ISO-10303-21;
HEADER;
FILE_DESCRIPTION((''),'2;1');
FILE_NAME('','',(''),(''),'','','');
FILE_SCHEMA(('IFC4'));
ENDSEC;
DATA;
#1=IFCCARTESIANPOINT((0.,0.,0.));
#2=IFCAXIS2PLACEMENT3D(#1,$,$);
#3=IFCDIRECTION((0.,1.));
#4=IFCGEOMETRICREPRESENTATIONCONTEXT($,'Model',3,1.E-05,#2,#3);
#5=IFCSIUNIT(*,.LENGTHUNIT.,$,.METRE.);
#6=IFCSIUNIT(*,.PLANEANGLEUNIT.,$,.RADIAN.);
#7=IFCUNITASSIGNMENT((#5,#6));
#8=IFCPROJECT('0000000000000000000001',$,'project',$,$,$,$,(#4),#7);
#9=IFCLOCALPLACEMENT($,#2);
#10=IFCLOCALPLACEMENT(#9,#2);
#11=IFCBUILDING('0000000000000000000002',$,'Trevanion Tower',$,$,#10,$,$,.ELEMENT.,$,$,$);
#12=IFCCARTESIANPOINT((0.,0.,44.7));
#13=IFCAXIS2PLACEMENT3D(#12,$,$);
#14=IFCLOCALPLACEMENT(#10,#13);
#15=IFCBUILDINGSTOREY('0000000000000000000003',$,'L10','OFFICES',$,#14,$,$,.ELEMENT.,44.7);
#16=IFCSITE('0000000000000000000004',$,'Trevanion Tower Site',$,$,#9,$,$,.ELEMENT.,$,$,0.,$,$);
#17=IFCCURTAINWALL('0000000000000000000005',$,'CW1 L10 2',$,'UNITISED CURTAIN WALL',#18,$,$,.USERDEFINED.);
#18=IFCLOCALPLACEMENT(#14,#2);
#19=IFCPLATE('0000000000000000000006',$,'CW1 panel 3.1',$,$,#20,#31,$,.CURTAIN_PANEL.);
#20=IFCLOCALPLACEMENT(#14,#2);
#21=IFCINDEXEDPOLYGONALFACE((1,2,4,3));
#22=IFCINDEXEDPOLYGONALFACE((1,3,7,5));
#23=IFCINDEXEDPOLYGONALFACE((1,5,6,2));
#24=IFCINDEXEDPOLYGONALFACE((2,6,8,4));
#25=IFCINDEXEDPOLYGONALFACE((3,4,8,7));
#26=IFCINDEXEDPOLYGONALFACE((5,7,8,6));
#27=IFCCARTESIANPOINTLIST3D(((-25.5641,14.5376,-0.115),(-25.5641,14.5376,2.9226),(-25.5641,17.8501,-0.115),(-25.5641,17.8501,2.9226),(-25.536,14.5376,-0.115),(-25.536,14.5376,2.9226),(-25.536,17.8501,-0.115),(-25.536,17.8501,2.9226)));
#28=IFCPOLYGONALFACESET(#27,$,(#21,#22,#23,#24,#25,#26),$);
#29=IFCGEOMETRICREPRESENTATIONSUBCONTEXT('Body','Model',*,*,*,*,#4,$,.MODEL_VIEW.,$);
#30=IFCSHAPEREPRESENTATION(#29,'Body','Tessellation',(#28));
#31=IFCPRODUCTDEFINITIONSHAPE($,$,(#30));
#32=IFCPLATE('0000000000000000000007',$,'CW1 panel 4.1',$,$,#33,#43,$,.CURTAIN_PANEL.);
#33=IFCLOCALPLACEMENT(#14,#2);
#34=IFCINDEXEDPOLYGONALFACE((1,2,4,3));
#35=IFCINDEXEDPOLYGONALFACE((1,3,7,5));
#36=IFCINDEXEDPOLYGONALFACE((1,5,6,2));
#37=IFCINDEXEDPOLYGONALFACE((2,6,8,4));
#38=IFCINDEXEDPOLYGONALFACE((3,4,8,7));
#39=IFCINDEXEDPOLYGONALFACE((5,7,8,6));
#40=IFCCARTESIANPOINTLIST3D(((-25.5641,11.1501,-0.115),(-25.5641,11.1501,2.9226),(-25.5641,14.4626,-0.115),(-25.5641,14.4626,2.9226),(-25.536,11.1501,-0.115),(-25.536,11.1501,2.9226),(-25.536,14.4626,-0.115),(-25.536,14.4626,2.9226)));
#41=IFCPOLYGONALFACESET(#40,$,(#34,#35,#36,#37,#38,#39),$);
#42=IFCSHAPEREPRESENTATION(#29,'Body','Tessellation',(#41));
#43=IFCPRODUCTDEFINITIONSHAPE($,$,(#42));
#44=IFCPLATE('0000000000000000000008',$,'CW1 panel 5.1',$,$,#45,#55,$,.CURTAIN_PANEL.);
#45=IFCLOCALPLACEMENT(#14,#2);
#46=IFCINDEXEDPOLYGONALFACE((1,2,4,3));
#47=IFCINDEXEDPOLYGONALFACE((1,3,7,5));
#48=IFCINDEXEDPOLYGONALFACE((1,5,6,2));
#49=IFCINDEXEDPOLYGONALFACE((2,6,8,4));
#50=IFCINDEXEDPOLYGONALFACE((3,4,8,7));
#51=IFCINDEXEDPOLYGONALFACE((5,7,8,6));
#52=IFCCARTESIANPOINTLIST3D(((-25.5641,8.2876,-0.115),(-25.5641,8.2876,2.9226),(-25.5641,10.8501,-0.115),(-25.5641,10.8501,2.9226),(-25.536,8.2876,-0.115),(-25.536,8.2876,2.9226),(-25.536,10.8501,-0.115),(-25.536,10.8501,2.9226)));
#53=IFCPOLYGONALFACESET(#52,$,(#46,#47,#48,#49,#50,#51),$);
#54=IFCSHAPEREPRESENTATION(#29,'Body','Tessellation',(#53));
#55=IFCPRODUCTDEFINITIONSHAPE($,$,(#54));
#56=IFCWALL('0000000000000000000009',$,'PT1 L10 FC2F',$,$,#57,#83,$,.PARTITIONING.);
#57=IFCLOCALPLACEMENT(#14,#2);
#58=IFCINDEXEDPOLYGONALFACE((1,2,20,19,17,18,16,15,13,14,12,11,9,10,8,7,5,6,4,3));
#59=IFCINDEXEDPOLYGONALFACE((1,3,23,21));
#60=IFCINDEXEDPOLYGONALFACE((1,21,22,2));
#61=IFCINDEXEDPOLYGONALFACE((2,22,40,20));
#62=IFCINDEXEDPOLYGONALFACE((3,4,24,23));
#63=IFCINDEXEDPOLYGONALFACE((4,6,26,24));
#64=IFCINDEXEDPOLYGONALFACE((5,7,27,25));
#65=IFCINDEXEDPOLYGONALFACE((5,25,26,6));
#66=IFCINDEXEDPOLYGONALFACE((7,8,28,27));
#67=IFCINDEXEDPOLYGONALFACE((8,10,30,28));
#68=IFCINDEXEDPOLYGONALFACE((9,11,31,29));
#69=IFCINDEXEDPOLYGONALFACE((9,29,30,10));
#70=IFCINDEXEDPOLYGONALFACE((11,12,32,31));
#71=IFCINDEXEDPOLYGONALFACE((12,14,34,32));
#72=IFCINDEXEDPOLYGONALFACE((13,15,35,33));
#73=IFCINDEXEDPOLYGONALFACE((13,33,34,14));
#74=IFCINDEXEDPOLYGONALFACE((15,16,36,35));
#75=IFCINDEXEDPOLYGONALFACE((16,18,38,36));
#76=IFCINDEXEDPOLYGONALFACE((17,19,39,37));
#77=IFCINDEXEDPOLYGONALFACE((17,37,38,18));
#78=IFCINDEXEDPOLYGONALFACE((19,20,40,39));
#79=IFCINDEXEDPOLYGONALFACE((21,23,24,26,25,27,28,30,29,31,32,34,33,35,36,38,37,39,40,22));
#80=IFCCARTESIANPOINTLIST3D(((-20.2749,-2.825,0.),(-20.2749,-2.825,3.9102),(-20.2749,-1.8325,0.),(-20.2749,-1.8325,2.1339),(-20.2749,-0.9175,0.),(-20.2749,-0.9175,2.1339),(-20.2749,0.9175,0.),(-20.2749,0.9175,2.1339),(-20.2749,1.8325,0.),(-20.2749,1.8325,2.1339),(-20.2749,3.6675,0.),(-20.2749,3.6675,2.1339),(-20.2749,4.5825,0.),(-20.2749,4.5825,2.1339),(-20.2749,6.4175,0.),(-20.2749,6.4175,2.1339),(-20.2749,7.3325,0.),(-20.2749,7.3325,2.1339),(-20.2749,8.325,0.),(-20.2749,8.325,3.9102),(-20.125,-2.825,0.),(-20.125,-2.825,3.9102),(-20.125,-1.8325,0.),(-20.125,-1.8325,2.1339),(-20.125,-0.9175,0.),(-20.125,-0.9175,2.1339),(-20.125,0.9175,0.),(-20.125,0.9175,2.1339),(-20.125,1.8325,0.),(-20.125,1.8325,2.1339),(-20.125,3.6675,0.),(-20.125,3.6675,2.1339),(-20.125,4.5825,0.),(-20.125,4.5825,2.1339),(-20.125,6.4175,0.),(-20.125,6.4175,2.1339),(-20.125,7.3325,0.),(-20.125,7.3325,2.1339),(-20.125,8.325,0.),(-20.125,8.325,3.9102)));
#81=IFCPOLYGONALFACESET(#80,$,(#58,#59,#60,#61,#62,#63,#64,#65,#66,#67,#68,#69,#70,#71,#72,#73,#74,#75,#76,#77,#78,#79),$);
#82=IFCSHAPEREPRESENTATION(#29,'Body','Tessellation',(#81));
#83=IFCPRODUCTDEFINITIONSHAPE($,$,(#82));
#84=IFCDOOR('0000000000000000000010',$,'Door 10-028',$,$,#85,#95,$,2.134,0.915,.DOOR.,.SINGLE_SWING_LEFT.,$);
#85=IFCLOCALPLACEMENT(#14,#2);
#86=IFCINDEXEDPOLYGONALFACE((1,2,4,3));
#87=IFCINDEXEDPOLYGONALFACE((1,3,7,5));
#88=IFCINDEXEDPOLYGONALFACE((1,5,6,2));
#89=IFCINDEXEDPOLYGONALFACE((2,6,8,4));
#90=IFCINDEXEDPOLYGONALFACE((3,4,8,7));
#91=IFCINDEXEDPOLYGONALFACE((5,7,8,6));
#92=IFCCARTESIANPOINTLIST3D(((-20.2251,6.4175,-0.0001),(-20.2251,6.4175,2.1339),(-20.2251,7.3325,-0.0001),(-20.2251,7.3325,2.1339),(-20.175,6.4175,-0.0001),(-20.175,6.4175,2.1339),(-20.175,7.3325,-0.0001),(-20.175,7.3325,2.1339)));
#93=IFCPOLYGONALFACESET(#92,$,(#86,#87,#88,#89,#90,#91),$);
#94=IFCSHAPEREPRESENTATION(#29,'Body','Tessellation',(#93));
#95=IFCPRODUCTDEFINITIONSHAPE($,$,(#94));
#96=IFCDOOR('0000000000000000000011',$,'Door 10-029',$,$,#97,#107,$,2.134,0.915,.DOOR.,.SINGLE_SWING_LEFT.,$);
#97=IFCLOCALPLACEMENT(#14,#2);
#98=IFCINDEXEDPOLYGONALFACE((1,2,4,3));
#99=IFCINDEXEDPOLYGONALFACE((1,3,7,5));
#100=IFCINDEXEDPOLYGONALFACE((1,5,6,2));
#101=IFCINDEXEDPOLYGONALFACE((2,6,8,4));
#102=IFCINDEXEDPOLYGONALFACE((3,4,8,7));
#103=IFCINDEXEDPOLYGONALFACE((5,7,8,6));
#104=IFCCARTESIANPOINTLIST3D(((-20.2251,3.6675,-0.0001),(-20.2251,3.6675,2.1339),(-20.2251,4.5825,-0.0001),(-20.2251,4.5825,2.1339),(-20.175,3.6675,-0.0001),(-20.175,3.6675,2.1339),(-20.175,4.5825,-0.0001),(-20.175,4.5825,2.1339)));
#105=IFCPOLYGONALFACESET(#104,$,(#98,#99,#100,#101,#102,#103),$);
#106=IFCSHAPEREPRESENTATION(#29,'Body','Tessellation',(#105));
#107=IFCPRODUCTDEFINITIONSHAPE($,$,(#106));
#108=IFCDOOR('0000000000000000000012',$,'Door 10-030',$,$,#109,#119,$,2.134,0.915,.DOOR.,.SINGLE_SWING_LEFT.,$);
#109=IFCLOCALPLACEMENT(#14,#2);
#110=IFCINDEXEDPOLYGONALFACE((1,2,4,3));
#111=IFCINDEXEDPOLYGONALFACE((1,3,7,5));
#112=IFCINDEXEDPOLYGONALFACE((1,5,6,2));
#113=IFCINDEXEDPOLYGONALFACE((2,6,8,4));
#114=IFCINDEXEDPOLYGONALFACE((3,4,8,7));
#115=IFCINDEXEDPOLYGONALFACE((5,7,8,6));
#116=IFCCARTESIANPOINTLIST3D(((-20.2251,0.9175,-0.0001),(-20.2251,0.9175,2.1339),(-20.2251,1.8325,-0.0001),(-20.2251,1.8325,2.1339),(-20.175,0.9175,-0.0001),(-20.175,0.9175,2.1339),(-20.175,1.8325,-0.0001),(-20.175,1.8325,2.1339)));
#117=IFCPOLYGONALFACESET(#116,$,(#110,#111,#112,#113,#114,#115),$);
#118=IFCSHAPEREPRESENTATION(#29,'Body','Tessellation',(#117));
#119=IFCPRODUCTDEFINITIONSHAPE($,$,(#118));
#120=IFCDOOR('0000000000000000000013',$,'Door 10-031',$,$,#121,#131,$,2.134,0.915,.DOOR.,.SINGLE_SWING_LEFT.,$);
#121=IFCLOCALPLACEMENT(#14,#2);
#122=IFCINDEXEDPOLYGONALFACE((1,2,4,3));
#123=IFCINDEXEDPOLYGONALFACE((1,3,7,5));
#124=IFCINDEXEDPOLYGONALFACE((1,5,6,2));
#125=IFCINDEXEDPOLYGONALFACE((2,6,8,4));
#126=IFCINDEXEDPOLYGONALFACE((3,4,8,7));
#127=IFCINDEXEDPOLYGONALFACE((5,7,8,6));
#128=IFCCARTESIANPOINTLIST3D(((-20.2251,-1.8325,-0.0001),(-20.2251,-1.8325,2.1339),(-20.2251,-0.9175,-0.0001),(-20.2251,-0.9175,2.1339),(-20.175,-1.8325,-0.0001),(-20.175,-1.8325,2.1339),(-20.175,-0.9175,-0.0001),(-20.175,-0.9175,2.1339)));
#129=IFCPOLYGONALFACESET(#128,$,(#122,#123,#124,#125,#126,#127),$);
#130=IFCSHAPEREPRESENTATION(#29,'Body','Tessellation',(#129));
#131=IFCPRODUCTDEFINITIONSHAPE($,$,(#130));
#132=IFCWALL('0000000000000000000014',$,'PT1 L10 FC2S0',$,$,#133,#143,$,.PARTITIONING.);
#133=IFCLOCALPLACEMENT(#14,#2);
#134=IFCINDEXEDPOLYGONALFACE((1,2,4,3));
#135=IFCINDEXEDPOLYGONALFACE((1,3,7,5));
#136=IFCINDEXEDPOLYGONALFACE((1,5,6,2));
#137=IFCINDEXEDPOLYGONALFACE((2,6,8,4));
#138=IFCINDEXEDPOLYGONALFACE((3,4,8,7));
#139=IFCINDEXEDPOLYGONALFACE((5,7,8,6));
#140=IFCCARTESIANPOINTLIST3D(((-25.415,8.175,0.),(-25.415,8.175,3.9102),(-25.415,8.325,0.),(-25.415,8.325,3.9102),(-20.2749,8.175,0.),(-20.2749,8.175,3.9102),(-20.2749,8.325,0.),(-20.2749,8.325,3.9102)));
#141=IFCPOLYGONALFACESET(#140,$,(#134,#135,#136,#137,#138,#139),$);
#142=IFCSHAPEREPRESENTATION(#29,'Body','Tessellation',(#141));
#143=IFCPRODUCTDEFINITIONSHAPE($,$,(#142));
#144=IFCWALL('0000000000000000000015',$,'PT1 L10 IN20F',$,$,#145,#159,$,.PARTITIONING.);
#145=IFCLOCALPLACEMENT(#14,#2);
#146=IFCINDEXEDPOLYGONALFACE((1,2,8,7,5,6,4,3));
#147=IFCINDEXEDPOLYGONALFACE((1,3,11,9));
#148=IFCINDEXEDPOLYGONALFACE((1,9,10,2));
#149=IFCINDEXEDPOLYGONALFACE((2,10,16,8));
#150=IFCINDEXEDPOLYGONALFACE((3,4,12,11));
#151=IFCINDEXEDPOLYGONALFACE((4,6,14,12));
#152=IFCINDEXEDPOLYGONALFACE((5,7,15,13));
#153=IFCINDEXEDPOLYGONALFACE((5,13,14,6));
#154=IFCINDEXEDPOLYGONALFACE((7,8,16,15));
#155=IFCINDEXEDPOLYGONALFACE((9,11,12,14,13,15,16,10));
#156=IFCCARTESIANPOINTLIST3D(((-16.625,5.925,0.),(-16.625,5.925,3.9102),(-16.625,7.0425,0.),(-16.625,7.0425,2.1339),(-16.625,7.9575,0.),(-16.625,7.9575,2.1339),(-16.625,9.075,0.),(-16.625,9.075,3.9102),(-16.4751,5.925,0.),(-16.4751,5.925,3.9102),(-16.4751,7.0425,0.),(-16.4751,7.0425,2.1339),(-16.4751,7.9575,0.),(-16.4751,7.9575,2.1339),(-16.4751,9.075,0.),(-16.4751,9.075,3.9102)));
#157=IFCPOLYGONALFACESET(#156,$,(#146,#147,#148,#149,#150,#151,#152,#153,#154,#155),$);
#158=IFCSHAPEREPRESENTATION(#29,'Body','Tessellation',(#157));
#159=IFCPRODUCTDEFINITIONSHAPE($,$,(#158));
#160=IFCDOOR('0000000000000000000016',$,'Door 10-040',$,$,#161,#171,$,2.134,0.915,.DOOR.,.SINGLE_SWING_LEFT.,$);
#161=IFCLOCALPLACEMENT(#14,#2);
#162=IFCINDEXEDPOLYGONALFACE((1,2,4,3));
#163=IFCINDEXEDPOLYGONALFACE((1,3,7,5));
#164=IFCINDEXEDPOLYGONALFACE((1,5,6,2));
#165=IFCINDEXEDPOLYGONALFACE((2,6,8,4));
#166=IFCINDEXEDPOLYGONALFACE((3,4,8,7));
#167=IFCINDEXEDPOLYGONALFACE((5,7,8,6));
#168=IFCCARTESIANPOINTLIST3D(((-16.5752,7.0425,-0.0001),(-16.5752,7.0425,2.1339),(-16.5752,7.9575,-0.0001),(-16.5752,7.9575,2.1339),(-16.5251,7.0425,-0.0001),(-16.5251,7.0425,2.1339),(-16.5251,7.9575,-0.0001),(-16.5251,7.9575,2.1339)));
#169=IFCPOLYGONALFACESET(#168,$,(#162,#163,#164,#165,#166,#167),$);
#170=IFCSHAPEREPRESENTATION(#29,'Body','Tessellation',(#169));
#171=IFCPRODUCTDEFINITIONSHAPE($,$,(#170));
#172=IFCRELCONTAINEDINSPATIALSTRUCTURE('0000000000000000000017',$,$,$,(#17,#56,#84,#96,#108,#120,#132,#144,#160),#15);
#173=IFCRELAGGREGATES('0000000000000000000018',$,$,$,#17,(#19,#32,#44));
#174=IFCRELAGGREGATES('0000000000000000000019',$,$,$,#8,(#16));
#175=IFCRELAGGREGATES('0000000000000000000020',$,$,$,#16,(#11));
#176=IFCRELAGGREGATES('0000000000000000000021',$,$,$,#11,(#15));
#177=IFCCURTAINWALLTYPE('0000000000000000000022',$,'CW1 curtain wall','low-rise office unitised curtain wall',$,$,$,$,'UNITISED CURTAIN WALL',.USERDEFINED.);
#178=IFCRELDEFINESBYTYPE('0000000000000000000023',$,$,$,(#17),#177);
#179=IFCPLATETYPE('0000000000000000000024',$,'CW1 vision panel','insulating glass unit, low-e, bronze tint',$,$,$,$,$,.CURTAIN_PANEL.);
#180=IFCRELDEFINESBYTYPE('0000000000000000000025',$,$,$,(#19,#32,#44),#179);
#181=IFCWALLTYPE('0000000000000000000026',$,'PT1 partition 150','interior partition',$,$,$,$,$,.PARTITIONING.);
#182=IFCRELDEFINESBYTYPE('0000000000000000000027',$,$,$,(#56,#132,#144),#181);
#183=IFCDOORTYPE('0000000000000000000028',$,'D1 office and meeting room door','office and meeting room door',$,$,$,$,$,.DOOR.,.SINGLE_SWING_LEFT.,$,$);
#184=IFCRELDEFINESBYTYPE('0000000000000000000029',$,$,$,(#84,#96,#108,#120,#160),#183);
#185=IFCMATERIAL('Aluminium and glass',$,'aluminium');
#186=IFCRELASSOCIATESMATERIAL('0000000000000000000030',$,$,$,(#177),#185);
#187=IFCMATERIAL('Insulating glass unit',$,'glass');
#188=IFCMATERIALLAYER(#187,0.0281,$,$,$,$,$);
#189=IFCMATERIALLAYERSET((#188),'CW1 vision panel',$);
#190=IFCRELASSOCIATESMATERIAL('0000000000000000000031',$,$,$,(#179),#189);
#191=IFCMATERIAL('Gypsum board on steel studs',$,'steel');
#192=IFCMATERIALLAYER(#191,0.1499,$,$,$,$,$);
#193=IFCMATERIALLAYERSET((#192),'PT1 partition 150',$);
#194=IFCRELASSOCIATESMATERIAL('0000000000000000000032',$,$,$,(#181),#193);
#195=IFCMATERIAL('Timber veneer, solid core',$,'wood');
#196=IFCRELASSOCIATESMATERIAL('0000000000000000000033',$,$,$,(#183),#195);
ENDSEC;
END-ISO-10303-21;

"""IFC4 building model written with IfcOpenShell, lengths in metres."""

from ifc_helpers import new_model, si_unit, direction, frame, frame_2d, origin, origin_2d, place, context, subcontext, project, spatial, rectangle, extrude, material, layer, layer_set, type_object, element, fill, aggregate, save


model = new_model("IFC4")

# Units and contexts
model_context = context("Model", 3, precision=1e-05, world=origin(), true_north=direction((0.0, 1.0)))
body_context = subcontext(model_context, "Body", "Model", "MODEL_VIEW")
ifc_project = project(units=[si_unit("LENGTHUNIT", "METRE"), si_unit("PLANEANGLEUNIT", "RADIAN")], contexts=[model_context])

# Site, building, storey
site_placement = place(None, origin())
site = spatial("IfcSite", under=ifc_project, at=site_placement, Name="Trevanion Tower Site", CompositionType="ELEMENT", RefElevation=0.0)
building_placement = place(site_placement, origin())
building = spatial("IfcBuilding", under=site, at=building_placement, Name="Trevanion Tower", CompositionType="ELEMENT")
storey_placement = place(building_placement, frame((0.0, 0.0, 44.7)))
storey = spatial("IfcBuildingStorey", under=building, at=storey_placement, Name="L10", Description="OFFICES", CompositionType="ELEMENT", Elevation=44.7)

# Curtain wall
ifc_material_1 = material(Name="Aluminium and glass", Category="aluminium")
curtain_wall_type = type_object("IfcCurtainWallType", Name="CW1 curtain wall", Description="low-rise office unitised curtain wall", ElementType="UNITISED CURTAIN WALL", PredefinedType="USERDEFINED", material=ifc_material_1)
curtain_wall_placement = place(storey_placement, origin())
curtain_wall = element("IfcCurtainWall", 1, at=curtain_wall_placement, inside=storey, type_object=curtain_wall_type, Name="CW1 L10 2", ObjectType="UNITISED CURTAIN WALL", PredefinedType="USERDEFINED")

# Plates
ifc_material_2 = material(Name="Insulating glass unit", Category="glass")
ifc_layer_1 = layer(ifc_material_2, 0.0281)
ifc_layer_set_1 = layer_set([ifc_layer_1], Name="CW1 vision panel")
plate_type_1 = type_object("IfcPlateType", Name="CW1 vision panel", Description="insulating glass unit, low-e, bronze tint", PredefinedType="CURTAIN_PANEL", material=ifc_layer_set_1)
plate_1_placement = place(storey_placement, frame((-25.55, 16.1938, -0.115), z_axis=(0.0, 0.0, 1.0), x_axis=(0.0, -1.0, 0.0)))
plate_1 = element("IfcPlate", 2, at=plate_1_placement, type_object=plate_type_1, Name="CW1 panel 3.1", PredefinedType="CURTAIN_PANEL", context=body_context, shape_type="SweptSolid", body=[
    extrude(rectangle(XDim=3.3125, YDim=0.0281, at=origin_2d()), origin(), (0.0, 0.0, 1.0), 3.0376),
])
plate_2_placement = place(storey_placement, frame((-25.55, 12.8064, -0.115), z_axis=(0.0, 0.0, 1.0), x_axis=(0.0, -1.0, 0.0)))
plate_2 = element("IfcPlate", 3, at=plate_2_placement, type_object=plate_type_1, Name="CW1 panel 4.1", PredefinedType="CURTAIN_PANEL", context=body_context, shape_type="SweptSolid", body=[
    extrude(rectangle(XDim=3.3125, YDim=0.0281, at=origin_2d()), origin(), (0.0, 0.0, 1.0), 3.0376),
])
plate_3_placement = place(storey_placement, frame((-25.55, 9.5688, -0.115), z_axis=(0.0, 0.0, 1.0), x_axis=(0.0, -1.0, 0.0)))
plate_3 = element("IfcPlate", 4, at=plate_3_placement, type_object=plate_type_1, Name="CW1 panel 5.1", PredefinedType="CURTAIN_PANEL", context=body_context, shape_type="SweptSolid", body=[
    extrude(rectangle(XDim=2.5625, YDim=0.0281, at=origin_2d()), origin(), (0.0, 0.0, 1.0), 3.0376),
])
aggregate(curtain_wall, [plate_1, plate_2, plate_3])

# Wall, openings, doors
ifc_material_3 = material(Name="Gypsum board on steel studs", Category="steel")
ifc_layer_2 = layer(ifc_material_3, 0.1499)
ifc_layer_set_2 = layer_set([ifc_layer_2], Name="PT1 partition 150")
wall_type = type_object("IfcWallType", Name="PT1 partition 150", Description="interior partition", PredefinedType="PARTITIONING", material=ifc_layer_set_2)
wall_1_placement = place(storey_placement, frame((-20.2, 8.325, 0.0), z_axis=(0.0, 0.0, 1.0), x_axis=(0.0, -1.0, 0.0)))
wall_1 = element("IfcWall", 5, at=wall_1_placement, inside=storey, type_object=wall_type, Name="PT1 L10 FC2F", PredefinedType="PARTITIONING", context=body_context, shape_type="SweptSolid", body=[
    extrude(rectangle(XDim=11.1499, YDim=0.1499, at=frame_2d((5.575, 0.0))), origin(), (0.0, 0.0, 1.0), 3.9102),
])
opening_1_placement = place(wall_1_placement, frame((0.9924, 0.0, 0.0)))
opening_1 = element("IfcOpeningElement", 6, at=opening_1_placement, cuts=wall_1, PredefinedType="OPENING", context=body_context, shape_type="SweptSolid", body=[
    extrude(rectangle(XDim=0.915, YDim=2.134, at=frame_2d((0.4575, 1.0669))), frame((0.0, 0.085, 0.0), z_axis=(0.0, -1.0, 0.0), x_axis=(1.0, 0.0, 0.0)), (0.0, 0.0, 1.0), 0.1699),
])
opening_2_placement = place(wall_1_placement, frame((3.7424, 0.0, 0.0)))
opening_2 = element("IfcOpeningElement", 7, at=opening_2_placement, cuts=wall_1, PredefinedType="OPENING", context=body_context, shape_type="SweptSolid", body=[
    extrude(rectangle(XDim=0.915, YDim=2.134, at=frame_2d((0.4575, 1.0669))), frame((0.0, 0.085, 0.0), z_axis=(0.0, -1.0, 0.0), x_axis=(1.0, 0.0, 0.0)), (0.0, 0.0, 1.0), 0.1699),
])
opening_3_placement = place(wall_1_placement, frame((6.4924, 0.0, 0.0)))
opening_3 = element("IfcOpeningElement", 8, at=opening_3_placement, cuts=wall_1, PredefinedType="OPENING", context=body_context, shape_type="SweptSolid", body=[
    extrude(rectangle(XDim=0.915, YDim=2.134, at=frame_2d((0.4575, 1.0669))), frame((0.0, 0.085, 0.0), z_axis=(0.0, -1.0, 0.0), x_axis=(1.0, 0.0, 0.0)), (0.0, 0.0, 1.0), 0.1699),
])
opening_4_placement = place(wall_1_placement, frame((9.2424, 0.0, 0.0)))
opening_4 = element("IfcOpeningElement", 9, at=opening_4_placement, cuts=wall_1, PredefinedType="OPENING", context=body_context, shape_type="SweptSolid", body=[
    extrude(rectangle(XDim=0.915, YDim=2.134, at=frame_2d((0.4575, 1.0669))), frame((0.0, 0.085, 0.0), z_axis=(0.0, -1.0, 0.0), x_axis=(1.0, 0.0, 0.0)), (0.0, 0.0, 1.0), 0.1699),
])
ifc_material_4 = material(Name="Timber veneer, solid core", Category="wood")
door_type = type_object("IfcDoorType", Name="D1 office and meeting room door", Description="office and meeting room door", OperationType="SINGLE_SWING_LEFT", PredefinedType="DOOR", material=ifc_material_4)
door_1_placement = place(opening_1_placement, origin())
door_1 = element("IfcDoor", 10, at=door_1_placement, inside=storey, type_object=door_type, Name="Door 10-028", OperationType="SINGLE_SWING_LEFT", OverallHeight=2.134, OverallWidth=0.915, PredefinedType="DOOR", context=body_context, shape_type="SweptSolid", body=[
    extrude(rectangle(XDim=0.915, YDim=2.134, at=frame_2d((0.4575, 1.0669))), frame((0.0, 0.0249, 0.0), z_axis=(0.0, -1.0, 0.0), x_axis=(1.0, 0.0, 0.0)), (0.0, 0.0, 1.0), 0.05),
])
fill(opening_1, door_1)
door_2_placement = place(opening_2_placement, origin())
door_2 = element("IfcDoor", 11, at=door_2_placement, inside=storey, type_object=door_type, Name="Door 10-029", OperationType="SINGLE_SWING_LEFT", OverallHeight=2.134, OverallWidth=0.915, PredefinedType="DOOR", context=body_context, shape_type="SweptSolid", body=[
    extrude(rectangle(XDim=0.915, YDim=2.134, at=frame_2d((0.4575, 1.0669))), frame((0.0, 0.0249, 0.0), z_axis=(0.0, -1.0, 0.0), x_axis=(1.0, 0.0, 0.0)), (0.0, 0.0, 1.0), 0.05),
])
fill(opening_2, door_2)
door_3_placement = place(opening_3_placement, origin())
door_3 = element("IfcDoor", 12, at=door_3_placement, inside=storey, type_object=door_type, Name="Door 10-030", OperationType="SINGLE_SWING_LEFT", OverallHeight=2.134, OverallWidth=0.915, PredefinedType="DOOR", context=body_context, shape_type="SweptSolid", body=[
    extrude(rectangle(XDim=0.915, YDim=2.134, at=frame_2d((0.4575, 1.0669))), frame((0.0, 0.0249, 0.0), z_axis=(0.0, -1.0, 0.0), x_axis=(1.0, 0.0, 0.0)), (0.0, 0.0, 1.0), 0.05),
])
fill(opening_3, door_3)
door_4_placement = place(opening_4_placement, origin())
door_4 = element("IfcDoor", 13, at=door_4_placement, inside=storey, type_object=door_type, Name="Door 10-031", OperationType="SINGLE_SWING_LEFT", OverallHeight=2.134, OverallWidth=0.915, PredefinedType="DOOR", context=body_context, shape_type="SweptSolid", body=[
    extrude(rectangle(XDim=0.915, YDim=2.134, at=frame_2d((0.4575, 1.0669))), frame((0.0, 0.0249, 0.0), z_axis=(0.0, -1.0, 0.0), x_axis=(1.0, 0.0, 0.0)), (0.0, 0.0, 1.0), 0.05),
])
fill(opening_4, door_4)

# Wall
wall_2_placement = place(storey_placement, frame((-20.2749, 8.25, 0.0), z_axis=(0.0, 0.0, 1.0), x_axis=(-1.0, 0.0, 0.0)))
element("IfcWall", 14, at=wall_2_placement, inside=storey, type_object=wall_type, Name="PT1 L10 FC2S0", PredefinedType="PARTITIONING", context=body_context, shape_type="SweptSolid", body=[
    extrude(rectangle(XDim=5.1401, YDim=0.1499, at=frame_2d((2.5701, 0.0))), origin(), (0.0, 0.0, 1.0), 3.9102),
])

# Wall, opening, door
wall_3_placement = place(storey_placement, frame((-16.55, 9.075, 0.0), z_axis=(0.0, 0.0, 1.0), x_axis=(0.0, -1.0, 0.0)))
wall_3 = element("IfcWall", 15, at=wall_3_placement, inside=storey, type_object=wall_type, Name="PT1 L10 IN20F", PredefinedType="PARTITIONING", context=body_context, shape_type="SweptSolid", body=[
    extrude(rectangle(XDim=3.1499, YDim=0.1499, at=frame_2d((1.575, 0.0))), origin(), (0.0, 0.0, 1.0), 3.9102),
])
opening_5_placement = place(wall_3_placement, frame((1.1174, 0.0, 0.0)))
opening_5 = element("IfcOpeningElement", 16, at=opening_5_placement, cuts=wall_3, PredefinedType="OPENING", context=body_context, shape_type="SweptSolid", body=[
    extrude(rectangle(XDim=0.915, YDim=2.134, at=frame_2d((0.4575, 1.0669))), frame((0.0, 0.085, 0.0), z_axis=(0.0, -1.0, 0.0), x_axis=(1.0, 0.0, 0.0)), (0.0, 0.0, 1.0), 0.1699),
])
door_5_placement = place(opening_5_placement, origin())
door_5 = element("IfcDoor", 17, at=door_5_placement, inside=storey, type_object=door_type, Name="Door 10-040", OperationType="SINGLE_SWING_LEFT", OverallHeight=2.134, OverallWidth=0.915, PredefinedType="DOOR", context=body_context, shape_type="SweptSolid", body=[
    extrude(rectangle(XDim=0.915, YDim=2.134, at=frame_2d((0.4575, 1.0669))), frame((0.0, 0.0249, 0.0), z_axis=(0.0, -1.0, 0.0), x_axis=(1.0, 0.0, 0.0)), (0.0, 0.0, 1.0), 0.05),
])
fill(opening_5, door_5)

save(model, "model.ifc")
